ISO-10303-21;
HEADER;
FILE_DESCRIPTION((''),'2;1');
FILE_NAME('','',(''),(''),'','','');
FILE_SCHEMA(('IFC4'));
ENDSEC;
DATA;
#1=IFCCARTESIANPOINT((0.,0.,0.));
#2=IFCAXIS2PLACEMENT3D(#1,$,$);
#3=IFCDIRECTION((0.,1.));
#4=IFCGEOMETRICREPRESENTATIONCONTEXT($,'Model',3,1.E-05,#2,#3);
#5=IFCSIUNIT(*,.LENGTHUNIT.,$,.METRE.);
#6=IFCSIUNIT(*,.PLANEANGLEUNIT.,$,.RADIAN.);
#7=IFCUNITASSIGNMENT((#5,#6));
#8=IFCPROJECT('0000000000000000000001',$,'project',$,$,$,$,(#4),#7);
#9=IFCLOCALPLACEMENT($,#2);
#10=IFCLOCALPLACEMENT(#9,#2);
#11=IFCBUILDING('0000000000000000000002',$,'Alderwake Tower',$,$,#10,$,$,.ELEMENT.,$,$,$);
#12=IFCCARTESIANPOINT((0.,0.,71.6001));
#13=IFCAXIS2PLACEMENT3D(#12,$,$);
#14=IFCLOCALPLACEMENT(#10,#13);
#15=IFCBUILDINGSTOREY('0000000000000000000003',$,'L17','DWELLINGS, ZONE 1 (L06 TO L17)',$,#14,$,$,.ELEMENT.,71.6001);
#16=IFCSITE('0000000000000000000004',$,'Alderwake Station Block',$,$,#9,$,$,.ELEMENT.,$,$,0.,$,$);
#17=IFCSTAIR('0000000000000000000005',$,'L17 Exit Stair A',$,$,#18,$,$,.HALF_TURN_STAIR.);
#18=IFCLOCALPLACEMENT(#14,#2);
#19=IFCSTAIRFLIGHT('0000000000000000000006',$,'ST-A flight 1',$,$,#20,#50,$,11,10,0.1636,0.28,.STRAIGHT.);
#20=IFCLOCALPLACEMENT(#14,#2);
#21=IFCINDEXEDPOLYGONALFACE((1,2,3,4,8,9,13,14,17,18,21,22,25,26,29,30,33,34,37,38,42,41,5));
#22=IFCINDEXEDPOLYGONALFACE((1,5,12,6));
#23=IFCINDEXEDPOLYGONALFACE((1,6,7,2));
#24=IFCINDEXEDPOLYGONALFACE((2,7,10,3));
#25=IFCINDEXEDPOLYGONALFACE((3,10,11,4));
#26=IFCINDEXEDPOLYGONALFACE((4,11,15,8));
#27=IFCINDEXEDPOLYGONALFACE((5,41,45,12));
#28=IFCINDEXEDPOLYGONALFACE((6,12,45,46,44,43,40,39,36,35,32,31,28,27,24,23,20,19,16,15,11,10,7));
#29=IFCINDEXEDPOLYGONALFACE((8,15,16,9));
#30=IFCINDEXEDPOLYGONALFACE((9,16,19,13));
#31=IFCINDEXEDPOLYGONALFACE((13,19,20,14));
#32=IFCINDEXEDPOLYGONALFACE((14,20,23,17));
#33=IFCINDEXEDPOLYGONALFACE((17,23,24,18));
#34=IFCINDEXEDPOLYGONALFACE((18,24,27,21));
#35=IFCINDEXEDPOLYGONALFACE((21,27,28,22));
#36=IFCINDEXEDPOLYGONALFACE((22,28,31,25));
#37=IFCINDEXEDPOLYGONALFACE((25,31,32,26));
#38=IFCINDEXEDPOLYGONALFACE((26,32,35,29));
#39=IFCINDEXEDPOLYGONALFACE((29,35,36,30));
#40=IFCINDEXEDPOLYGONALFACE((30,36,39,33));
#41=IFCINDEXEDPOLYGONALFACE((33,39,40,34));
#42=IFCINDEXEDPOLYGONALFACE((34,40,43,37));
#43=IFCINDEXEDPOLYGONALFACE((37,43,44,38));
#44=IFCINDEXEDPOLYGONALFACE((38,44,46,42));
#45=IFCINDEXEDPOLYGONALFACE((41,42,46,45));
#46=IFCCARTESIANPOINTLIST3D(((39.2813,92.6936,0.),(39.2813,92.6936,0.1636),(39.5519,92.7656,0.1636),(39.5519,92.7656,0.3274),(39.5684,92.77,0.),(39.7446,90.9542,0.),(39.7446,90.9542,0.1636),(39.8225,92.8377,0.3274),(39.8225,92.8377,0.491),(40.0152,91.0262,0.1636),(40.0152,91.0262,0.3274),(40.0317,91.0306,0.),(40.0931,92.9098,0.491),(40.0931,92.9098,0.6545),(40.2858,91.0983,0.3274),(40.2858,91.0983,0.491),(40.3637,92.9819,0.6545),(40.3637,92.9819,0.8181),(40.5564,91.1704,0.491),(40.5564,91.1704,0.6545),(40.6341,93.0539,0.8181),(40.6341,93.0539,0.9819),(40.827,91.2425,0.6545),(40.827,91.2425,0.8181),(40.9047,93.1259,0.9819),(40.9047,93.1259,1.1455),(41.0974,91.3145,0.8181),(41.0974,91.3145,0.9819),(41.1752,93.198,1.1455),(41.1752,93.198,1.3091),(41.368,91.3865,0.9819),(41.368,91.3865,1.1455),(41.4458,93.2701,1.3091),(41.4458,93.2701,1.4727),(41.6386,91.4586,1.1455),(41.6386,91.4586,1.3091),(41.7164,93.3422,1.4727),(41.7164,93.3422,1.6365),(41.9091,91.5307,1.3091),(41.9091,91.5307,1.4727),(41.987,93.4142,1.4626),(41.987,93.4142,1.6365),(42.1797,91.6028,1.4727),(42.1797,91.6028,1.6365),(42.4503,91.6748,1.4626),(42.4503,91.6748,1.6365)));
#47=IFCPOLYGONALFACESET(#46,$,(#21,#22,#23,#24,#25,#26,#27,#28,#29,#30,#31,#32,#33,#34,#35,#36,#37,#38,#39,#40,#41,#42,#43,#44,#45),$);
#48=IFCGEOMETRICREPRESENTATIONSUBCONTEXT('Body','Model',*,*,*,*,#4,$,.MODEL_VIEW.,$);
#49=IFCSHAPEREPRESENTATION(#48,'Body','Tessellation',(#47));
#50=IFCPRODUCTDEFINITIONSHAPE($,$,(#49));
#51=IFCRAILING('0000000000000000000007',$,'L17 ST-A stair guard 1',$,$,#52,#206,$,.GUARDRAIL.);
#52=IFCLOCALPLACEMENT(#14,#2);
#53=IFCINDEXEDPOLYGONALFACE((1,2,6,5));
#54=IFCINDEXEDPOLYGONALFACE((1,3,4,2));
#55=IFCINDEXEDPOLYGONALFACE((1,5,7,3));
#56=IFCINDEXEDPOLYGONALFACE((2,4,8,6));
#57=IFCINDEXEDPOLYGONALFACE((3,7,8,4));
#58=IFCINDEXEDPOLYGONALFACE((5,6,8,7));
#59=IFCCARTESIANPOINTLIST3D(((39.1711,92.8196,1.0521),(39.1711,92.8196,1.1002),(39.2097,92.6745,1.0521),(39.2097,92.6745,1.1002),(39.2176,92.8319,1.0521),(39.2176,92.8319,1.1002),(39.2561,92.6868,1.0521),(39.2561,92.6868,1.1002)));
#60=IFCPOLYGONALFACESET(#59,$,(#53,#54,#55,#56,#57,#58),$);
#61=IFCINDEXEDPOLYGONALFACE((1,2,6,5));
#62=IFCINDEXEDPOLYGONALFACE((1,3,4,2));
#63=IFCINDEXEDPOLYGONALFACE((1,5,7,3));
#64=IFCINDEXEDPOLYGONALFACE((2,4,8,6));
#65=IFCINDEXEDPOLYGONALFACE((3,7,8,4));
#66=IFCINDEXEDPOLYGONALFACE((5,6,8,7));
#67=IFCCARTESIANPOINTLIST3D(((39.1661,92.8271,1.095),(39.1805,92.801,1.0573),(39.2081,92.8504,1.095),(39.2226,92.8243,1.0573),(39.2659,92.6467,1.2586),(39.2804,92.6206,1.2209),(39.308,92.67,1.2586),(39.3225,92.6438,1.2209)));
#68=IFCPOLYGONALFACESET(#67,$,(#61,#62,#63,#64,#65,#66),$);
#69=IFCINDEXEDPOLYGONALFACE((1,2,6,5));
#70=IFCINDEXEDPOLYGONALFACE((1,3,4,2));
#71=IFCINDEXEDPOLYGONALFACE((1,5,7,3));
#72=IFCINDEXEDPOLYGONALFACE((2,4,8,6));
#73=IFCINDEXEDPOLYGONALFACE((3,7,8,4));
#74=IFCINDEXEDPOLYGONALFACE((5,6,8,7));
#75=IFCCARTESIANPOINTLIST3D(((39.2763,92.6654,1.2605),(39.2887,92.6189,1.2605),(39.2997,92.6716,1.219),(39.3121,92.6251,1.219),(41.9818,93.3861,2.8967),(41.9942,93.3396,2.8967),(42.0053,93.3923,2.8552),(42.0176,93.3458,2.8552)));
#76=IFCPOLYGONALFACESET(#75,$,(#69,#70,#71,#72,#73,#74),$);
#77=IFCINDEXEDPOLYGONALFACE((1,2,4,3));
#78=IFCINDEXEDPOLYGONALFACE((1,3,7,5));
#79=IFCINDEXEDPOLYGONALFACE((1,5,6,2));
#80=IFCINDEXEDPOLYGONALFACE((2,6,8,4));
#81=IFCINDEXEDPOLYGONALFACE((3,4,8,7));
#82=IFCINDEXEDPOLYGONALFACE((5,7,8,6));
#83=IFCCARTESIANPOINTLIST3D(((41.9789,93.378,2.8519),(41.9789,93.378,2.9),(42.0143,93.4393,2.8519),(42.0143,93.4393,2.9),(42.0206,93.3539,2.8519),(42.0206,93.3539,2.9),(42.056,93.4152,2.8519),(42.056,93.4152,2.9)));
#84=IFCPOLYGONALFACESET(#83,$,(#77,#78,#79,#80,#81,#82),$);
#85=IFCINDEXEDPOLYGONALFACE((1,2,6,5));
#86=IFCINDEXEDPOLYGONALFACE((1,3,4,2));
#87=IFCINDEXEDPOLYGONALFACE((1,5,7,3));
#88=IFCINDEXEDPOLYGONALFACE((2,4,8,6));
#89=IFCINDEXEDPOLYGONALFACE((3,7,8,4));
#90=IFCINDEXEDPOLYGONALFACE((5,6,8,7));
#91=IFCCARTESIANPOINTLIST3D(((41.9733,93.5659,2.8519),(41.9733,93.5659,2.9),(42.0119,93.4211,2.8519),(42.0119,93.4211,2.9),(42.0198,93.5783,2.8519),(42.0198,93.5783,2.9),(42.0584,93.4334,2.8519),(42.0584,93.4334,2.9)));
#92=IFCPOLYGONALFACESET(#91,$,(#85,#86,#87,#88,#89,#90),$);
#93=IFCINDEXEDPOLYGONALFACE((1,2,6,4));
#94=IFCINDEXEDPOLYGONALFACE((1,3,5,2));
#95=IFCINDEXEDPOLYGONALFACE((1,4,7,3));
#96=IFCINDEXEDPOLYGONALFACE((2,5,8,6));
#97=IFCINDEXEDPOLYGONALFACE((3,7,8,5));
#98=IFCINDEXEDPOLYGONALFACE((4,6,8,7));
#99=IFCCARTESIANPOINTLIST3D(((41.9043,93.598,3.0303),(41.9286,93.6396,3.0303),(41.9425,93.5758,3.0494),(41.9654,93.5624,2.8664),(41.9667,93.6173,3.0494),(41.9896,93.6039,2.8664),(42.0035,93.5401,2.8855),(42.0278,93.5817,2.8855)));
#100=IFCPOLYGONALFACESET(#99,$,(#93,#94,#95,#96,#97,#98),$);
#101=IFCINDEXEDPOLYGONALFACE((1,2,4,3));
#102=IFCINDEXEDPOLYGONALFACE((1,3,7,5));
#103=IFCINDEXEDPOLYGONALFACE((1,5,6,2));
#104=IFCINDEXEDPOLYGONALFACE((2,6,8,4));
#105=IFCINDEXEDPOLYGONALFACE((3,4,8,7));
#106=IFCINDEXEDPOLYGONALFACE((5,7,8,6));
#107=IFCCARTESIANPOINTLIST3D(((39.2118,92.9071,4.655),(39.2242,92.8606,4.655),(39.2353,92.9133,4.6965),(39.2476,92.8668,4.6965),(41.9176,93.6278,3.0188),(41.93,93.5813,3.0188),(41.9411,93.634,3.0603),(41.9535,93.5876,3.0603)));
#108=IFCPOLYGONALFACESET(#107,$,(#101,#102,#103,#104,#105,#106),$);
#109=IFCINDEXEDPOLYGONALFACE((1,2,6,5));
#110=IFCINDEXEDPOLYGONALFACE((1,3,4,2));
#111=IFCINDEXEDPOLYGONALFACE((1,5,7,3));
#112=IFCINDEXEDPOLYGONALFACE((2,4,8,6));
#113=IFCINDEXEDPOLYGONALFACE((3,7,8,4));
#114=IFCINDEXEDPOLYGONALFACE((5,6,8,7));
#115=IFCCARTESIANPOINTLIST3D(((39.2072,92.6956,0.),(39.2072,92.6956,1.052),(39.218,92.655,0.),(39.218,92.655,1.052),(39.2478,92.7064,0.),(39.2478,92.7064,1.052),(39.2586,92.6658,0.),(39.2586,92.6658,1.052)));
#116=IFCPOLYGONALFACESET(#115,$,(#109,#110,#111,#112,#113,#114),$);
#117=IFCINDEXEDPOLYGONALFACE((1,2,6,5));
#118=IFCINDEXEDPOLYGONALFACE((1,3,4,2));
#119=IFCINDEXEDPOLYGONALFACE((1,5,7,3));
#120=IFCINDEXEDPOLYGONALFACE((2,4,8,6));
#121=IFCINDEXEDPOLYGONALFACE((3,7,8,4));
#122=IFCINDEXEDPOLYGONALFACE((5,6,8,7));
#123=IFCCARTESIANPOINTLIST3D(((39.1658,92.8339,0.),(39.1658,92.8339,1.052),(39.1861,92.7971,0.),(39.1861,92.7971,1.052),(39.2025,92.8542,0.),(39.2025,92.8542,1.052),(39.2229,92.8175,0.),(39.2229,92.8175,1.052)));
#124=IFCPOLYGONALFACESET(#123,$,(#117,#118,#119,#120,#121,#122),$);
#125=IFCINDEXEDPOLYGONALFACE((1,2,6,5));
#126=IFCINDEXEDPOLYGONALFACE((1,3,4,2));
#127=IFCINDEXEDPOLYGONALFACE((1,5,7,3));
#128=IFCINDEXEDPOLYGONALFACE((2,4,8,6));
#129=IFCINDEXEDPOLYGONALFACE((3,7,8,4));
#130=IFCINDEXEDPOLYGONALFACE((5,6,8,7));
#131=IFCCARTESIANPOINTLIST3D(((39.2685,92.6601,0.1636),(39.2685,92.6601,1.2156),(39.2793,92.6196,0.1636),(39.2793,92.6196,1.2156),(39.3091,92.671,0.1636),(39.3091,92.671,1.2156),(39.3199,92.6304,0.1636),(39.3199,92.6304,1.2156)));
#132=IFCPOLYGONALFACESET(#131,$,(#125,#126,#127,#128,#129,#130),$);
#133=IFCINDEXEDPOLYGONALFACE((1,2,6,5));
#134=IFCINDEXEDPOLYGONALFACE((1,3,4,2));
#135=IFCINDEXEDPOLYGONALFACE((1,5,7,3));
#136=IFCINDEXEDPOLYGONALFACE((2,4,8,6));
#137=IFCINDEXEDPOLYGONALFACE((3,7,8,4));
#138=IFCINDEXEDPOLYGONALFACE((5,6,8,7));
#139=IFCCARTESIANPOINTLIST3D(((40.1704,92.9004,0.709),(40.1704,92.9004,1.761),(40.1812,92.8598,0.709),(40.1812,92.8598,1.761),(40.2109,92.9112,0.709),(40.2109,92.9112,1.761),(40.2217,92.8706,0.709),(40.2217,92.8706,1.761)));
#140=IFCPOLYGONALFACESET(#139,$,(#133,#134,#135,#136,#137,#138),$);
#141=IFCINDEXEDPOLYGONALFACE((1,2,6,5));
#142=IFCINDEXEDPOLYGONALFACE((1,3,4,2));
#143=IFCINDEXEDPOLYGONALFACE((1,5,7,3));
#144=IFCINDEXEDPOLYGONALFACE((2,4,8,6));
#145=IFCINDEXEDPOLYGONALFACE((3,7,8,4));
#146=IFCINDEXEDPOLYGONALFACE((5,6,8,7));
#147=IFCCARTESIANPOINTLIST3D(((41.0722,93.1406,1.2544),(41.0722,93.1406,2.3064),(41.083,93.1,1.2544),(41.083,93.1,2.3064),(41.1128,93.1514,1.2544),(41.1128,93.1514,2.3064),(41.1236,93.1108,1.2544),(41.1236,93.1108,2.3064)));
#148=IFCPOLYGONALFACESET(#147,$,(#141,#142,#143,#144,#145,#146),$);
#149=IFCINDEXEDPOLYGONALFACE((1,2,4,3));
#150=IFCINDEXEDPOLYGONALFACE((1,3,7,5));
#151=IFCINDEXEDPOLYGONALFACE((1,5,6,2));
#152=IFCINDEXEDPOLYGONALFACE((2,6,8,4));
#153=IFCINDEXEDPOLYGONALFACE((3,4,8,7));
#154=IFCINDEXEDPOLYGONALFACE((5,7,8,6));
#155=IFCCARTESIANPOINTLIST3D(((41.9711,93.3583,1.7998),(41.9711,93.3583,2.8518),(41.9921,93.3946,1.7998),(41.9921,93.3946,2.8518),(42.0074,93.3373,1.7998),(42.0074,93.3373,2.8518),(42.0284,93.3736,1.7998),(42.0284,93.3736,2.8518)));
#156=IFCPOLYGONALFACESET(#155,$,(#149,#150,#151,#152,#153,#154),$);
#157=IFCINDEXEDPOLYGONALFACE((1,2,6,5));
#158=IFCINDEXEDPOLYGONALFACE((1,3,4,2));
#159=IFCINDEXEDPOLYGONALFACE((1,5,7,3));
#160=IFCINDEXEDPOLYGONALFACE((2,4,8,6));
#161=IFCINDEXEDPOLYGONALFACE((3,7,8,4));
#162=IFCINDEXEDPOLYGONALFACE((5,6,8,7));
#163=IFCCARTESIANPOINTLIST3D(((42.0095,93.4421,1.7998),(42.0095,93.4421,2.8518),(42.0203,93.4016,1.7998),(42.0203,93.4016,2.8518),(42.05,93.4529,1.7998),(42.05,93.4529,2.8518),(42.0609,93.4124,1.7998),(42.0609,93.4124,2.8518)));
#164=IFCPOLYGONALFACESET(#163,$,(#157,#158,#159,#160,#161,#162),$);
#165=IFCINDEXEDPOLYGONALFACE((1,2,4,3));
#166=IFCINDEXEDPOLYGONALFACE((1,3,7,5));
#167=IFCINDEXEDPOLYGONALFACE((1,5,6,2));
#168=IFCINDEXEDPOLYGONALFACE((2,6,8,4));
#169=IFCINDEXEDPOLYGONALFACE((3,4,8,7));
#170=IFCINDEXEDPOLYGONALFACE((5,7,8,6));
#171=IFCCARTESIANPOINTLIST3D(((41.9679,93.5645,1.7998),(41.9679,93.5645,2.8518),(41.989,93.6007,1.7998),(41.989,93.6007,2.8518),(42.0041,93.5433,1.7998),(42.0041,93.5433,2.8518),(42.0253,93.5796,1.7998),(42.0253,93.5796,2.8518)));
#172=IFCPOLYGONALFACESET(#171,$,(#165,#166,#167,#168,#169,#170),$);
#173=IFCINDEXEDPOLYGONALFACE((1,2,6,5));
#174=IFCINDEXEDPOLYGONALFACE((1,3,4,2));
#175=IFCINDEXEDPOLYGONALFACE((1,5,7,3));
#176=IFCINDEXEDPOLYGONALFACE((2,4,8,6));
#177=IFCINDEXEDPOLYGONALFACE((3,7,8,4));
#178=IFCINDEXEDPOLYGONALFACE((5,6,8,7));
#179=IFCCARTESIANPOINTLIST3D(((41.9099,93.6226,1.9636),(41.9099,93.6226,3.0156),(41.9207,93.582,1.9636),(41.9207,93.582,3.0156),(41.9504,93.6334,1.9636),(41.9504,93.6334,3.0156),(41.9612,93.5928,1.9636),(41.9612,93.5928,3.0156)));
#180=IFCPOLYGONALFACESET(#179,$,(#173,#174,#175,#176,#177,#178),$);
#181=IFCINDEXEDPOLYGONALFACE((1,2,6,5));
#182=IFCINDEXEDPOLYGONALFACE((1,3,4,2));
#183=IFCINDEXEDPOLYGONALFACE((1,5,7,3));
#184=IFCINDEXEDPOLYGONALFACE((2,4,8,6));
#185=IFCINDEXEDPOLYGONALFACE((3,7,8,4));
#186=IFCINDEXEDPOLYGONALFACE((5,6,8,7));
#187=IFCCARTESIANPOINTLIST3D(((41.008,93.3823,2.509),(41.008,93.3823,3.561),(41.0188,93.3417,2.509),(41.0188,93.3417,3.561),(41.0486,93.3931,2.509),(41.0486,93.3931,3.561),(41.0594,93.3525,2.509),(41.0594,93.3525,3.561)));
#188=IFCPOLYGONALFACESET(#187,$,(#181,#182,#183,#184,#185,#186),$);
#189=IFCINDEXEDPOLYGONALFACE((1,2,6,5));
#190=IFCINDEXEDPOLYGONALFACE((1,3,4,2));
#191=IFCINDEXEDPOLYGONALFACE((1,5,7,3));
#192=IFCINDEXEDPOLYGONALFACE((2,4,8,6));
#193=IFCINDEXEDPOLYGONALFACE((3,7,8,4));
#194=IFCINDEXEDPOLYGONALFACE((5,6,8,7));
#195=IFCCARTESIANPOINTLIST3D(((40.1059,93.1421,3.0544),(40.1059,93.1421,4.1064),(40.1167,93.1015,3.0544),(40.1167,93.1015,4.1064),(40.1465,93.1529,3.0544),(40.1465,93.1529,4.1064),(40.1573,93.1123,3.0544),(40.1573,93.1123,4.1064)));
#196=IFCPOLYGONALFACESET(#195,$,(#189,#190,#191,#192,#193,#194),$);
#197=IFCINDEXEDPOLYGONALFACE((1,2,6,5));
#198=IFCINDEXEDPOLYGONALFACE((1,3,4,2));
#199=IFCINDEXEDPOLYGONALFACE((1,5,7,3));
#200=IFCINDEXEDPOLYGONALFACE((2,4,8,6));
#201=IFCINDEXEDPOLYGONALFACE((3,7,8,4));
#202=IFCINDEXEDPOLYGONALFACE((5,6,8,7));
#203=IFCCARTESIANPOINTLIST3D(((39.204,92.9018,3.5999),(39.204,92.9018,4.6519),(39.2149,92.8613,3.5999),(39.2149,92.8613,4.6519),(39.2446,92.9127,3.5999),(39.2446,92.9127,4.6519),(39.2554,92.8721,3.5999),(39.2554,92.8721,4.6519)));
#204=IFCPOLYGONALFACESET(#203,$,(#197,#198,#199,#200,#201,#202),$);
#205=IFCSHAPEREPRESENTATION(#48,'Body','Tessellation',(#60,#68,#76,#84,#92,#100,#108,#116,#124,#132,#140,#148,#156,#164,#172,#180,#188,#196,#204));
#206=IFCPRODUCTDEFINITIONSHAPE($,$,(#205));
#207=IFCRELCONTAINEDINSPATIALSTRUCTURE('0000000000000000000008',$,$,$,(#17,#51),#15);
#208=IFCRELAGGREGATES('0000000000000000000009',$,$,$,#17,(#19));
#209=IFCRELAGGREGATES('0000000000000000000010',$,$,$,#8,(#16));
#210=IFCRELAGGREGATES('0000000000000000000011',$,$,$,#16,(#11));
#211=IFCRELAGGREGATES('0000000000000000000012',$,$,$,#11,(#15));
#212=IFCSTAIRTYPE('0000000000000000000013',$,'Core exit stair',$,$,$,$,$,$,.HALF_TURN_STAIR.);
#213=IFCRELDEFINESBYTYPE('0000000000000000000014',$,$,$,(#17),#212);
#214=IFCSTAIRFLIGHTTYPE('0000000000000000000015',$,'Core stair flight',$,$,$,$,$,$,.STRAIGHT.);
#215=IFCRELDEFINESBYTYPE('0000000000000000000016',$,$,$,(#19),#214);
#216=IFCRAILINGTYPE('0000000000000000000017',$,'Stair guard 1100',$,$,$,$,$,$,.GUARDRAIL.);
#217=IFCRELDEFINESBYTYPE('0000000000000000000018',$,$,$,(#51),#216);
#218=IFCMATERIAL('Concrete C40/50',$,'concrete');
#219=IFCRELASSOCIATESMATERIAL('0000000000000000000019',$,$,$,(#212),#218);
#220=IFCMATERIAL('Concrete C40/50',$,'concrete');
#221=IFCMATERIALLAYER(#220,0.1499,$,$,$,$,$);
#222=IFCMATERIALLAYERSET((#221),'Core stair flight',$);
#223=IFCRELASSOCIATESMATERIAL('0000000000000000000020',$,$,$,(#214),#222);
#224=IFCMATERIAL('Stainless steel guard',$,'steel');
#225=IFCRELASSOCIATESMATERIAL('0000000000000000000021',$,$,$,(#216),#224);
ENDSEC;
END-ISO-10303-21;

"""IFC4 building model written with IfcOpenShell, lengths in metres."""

from ifc_helpers import new_model, si_unit, direction, frame, origin, origin_2d, place, context, subcontext, project, spatial, polyline, rectangle, outline, extrude, material, layer, layer_set, type_object, element, aggregate, save


model = new_model("IFC4")

# Units and contexts
model_context = context("Model", 3, precision=1e-05, world=origin(), true_north=direction((0.0, 1.0)))
body_context = subcontext(model_context, "Body", "Model", "MODEL_VIEW")
ifc_project = project(units=[si_unit("LENGTHUNIT", "METRE"), si_unit("PLANEANGLEUNIT", "RADIAN")], contexts=[model_context])

# Site, building, storey
site_placement = place(None, origin())
site = spatial("IfcSite", under=ifc_project, at=site_placement, Name="Alderwake Station Block", CompositionType="ELEMENT", RefElevation=0.0)
building_placement = place(site_placement, origin())
building = spatial("IfcBuilding", under=site, at=building_placement, Name="Alderwake Tower", CompositionType="ELEMENT")
storey_placement = place(building_placement, frame((0.0, 0.0, 71.6001)))
storey = spatial("IfcBuildingStorey", under=building, at=storey_placement, Name="L17", Description="DWELLINGS, ZONE 1 (L06 TO L17)", CompositionType="ELEMENT", Elevation=71.6001)

# Stair, stair flight
ifc_material_1 = material(Name="Concrete C40/50", Category="concrete")
stair_type = type_object("IfcStairType", Name="Core exit stair", PredefinedType="HALF_TURN_STAIR", material=ifc_material_1)
stair_placement = place(storey_placement, origin())
stair = element("IfcStair", 1, at=stair_placement, inside=storey, type_object=stair_type, Name="L17 Exit Stair A", PredefinedType="HALF_TURN_STAIR")
ifc_material_2 = material(Name="Concrete C40/50", Category="concrete")
ifc_layer_1 = layer(ifc_material_2, 0.1499)
ifc_layer_set_1 = layer_set([ifc_layer_1], Name="Core stair flight")
stair_flight_type = type_object("IfcStairFlightType", Name="Core stair flight", PredefinedType="STRAIGHT", material=ifc_layer_set_1)
stair_flight_placement = place(storey_placement, frame((39.5129, 91.824, 0.0), z_axis=(0.0, 0.0, 1.0), x_axis=(0.96631, 0.257382, 0.0)))
stair_flight = element("IfcStairFlight", 2, at=stair_flight_placement, type_object=stair_flight_type, Name="ST-A flight 1", NumberOfRisers=11, NumberOfTreads=10, PredefinedType="STRAIGHT", RiserHeight=0.1636, TreadLength=0.28, context=body_context, shape_type="SweptSolid", body=[
    extrude(outline(polyline([(0.0, 0.0), (0.0, 0.1636), (0.28, 0.1636), (0.28, 0.3274), (0.5601, 0.3274), (0.5601, 0.491), (0.8401, 0.491), (0.8401, 0.6545), (1.1201, 0.6545), (1.1201, 0.8181), (1.3999, 0.8181), (1.3999, 0.9819), (1.6799, 0.9819), (1.6799, 1.1455), (1.96, 1.1455), (1.96, 1.3091), (2.24, 1.3091), (2.24, 1.4727), (2.52, 1.4727), (2.52, 1.6365), (2.8, 1.6365), (2.8, 1.8), (2.8, 1.4626), (0.2971, 0.0), (0.0, 0.0)])), frame((0.0, 0.8999, 0.0), z_axis=(0.0, -1.0, 0.0), x_axis=(1.0, 0.0, 0.0)), (0.0, 0.0, 1.0), 1.8),
])
aggregate(stair, [stair_flight])

# Railing
ifc_material_3 = material(Name="Stainless steel guard", Category="steel")
railing_type_1 = type_object("IfcRailingType", Name="Stair guard 1100", PredefinedType="GUARDRAIL", material=ifc_material_3)
railing_1_placement = place(storey_placement, frame((39.2329, 92.6807, 0.0)))
element("IfcRailing", 3, at=railing_1_placement, inside=storey, type_object=railing_type_1, Name="L17 ST-A stair guard 1", PredefinedType="GUARDRAIL", context=body_context, shape_type="SweptSolid", body=[
    extrude(rectangle(XDim=0.0481, YDim=0.0481, at=origin_2d()), frame((0.0, 0.0, 1.0762), z_axis=(-0.257055, 0.966397, 0.0), x_axis=(-0.966397, -0.257055, 0.0)), (0.0, 0.0, 1.0), 0.1501),
    extrude(rectangle(XDim=0.0481, YDim=0.0481, at=origin_2d()), frame((-0.0386, 0.145, 1.0762), z_axis=(0.379371, -0.685464, 0.621463), x_axis=(0.874938, 0.484235, 0.0)), (0.0, 0.0, 1.0), 0.2632),
    extrude(rectangle(XDim=0.0481, YDim=0.0481, at=origin_2d()), frame((0.0613, -0.0354, 1.2397), z_axis=(0.834291, 0.222237, 0.504549), x_axis=(-0.257402, 0.966304, 0.0)), (0.0, 0.0, 1.0), 3.2429),
    extrude(rectangle(XDim=0.0481, YDim=0.0481, at=origin_2d()), frame((2.7668, 0.6853, 2.876), z_axis=(0.50022, 0.865898, 0.0), x_axis=(-0.865898, 0.50022, 0.0)), (0.0, 0.0, 1.0), 0.0708),
    extrude(rectangle(XDim=0.0481, YDim=0.0481, at=origin_2d()), frame((2.8022, 0.7466, 2.876), z_axis=(-0.25746, 0.966289, 0.0), x_axis=(-0.966289, -0.25746, 0.0)), (0.0, 0.0, 1.0), 0.1499),
    extrude(rectangle(XDim=0.0481, YDim=0.0481, at=origin_2d()), frame((2.7637, 0.8914, 2.876), z_axis=(-0.342095, 0.199783, 0.918182), x_axis=(-0.5043, -0.863528, 0.0)), (0.0, 0.0, 1.0), 0.1785),
    extrude(rectangle(XDim=0.0481, YDim=0.0481, at=origin_2d()), frame((2.7026, 0.927, 3.0396), z_axis=(-0.834314, -0.222223, 0.504518), x_axis=(0.25738, -0.96631, 0.0)), (0.0, 0.0, 1.0), 3.2432),
    extrude(rectangle(XDim=0.042, YDim=0.042, at=origin_2d()), frame((0.0, 0.0, 0.0), z_axis=(0.0, 0.0, 1.0), x_axis=(-0.257055, 0.966397, 0.0)), (0.0, 0.0, 1.0), 1.052),
    extrude(rectangle(XDim=0.042, YDim=0.042, at=origin_2d()), frame((-0.0386, 0.145, 0.0), z_axis=(0.0, 0.0, 1.0), x_axis=(0.484235, -0.874938, 0.0)), (0.0, 0.0, 1.0), 1.052),
    extrude(rectangle(XDim=0.042, YDim=0.042, at=origin_2d()), frame((0.0613, -0.0354, 0.1636), z_axis=(0.0, 0.0, 1.0), x_axis=(0.966304, 0.257402, 0.0)), (0.0, 0.0, 1.0), 1.052),
    extrude(rectangle(XDim=0.042, YDim=0.042, at=origin_2d()), frame((0.9631, 0.2048, 0.709), z_axis=(0.0, 0.0, 1.0), x_axis=(0.966304, 0.257402, 0.0)), (0.0, 0.0, 1.0), 1.052),
    extrude(rectangle(XDim=0.042, YDim=0.042, at=origin_2d()), frame((1.865, 0.4451, 1.2544), z_axis=(0.0, 0.0, 1.0), x_axis=(0.966304, 0.257402, 0.0)), (0.0, 0.0, 1.0), 1.052),
    extrude(rectangle(XDim=0.042, YDim=0.042, at=origin_2d()), frame((2.7668, 0.6853, 1.7998), z_axis=(0.0, 0.0, 1.0), x_axis=(0.50022, 0.865898, 0.0)), (0.0, 0.0, 1.0), 1.052),
    extrude(rectangle(XDim=0.042, YDim=0.042, at=origin_2d()), frame((2.8022, 0.7466, 1.7998), z_axis=(0.0, 0.0, 1.0), x_axis=(-0.25746, 0.966289, 0.0)), (0.0, 0.0, 1.0), 1.052),
    extrude(rectangle(XDim=0.042, YDim=0.042, at=origin_2d()), frame((2.7637, 0.8914, 1.7998), z_axis=(0.0, 0.0, 1.0), x_axis=(-0.863528, 0.5043, 0.0)), (0.0, 0.0, 1.0), 1.052),
    extrude(rectangle(XDim=0.042, YDim=0.042, at=origin_2d()), frame((2.7026, 0.927, 1.9636), z_axis=(0.0, 0.0, 1.0), x_axis=(-0.96631, -0.25738, 0.0)), (0.0, 0.0, 1.0), 1.052),
    extrude(rectangle(XDim=0.042, YDim=0.042, at=origin_2d()), frame((1.8008, 0.6868, 2.509), z_axis=(0.0, 0.0, 1.0), x_axis=(-0.96631, -0.25738, 0.0)), (0.0, 0.0, 1.0), 1.052),
    extrude(rectangle(XDim=0.042, YDim=0.042, at=origin_2d()), frame((0.8987, 0.4465, 3.0544), z_axis=(0.0, 0.0, 1.0), x_axis=(-0.96631, -0.25738, 0.0)), (0.0, 0.0, 1.0), 1.052),
    extrude(rectangle(XDim=0.042, YDim=0.042, at=origin_2d()), frame((-0.0032, 0.2063, 3.5999), z_axis=(0.0, 0.0, 1.0), x_axis=(-0.96631, -0.25738, 0.0)), (0.0, 0.0, 1.0), 1.052),
])

save(model, "model.ifc")
